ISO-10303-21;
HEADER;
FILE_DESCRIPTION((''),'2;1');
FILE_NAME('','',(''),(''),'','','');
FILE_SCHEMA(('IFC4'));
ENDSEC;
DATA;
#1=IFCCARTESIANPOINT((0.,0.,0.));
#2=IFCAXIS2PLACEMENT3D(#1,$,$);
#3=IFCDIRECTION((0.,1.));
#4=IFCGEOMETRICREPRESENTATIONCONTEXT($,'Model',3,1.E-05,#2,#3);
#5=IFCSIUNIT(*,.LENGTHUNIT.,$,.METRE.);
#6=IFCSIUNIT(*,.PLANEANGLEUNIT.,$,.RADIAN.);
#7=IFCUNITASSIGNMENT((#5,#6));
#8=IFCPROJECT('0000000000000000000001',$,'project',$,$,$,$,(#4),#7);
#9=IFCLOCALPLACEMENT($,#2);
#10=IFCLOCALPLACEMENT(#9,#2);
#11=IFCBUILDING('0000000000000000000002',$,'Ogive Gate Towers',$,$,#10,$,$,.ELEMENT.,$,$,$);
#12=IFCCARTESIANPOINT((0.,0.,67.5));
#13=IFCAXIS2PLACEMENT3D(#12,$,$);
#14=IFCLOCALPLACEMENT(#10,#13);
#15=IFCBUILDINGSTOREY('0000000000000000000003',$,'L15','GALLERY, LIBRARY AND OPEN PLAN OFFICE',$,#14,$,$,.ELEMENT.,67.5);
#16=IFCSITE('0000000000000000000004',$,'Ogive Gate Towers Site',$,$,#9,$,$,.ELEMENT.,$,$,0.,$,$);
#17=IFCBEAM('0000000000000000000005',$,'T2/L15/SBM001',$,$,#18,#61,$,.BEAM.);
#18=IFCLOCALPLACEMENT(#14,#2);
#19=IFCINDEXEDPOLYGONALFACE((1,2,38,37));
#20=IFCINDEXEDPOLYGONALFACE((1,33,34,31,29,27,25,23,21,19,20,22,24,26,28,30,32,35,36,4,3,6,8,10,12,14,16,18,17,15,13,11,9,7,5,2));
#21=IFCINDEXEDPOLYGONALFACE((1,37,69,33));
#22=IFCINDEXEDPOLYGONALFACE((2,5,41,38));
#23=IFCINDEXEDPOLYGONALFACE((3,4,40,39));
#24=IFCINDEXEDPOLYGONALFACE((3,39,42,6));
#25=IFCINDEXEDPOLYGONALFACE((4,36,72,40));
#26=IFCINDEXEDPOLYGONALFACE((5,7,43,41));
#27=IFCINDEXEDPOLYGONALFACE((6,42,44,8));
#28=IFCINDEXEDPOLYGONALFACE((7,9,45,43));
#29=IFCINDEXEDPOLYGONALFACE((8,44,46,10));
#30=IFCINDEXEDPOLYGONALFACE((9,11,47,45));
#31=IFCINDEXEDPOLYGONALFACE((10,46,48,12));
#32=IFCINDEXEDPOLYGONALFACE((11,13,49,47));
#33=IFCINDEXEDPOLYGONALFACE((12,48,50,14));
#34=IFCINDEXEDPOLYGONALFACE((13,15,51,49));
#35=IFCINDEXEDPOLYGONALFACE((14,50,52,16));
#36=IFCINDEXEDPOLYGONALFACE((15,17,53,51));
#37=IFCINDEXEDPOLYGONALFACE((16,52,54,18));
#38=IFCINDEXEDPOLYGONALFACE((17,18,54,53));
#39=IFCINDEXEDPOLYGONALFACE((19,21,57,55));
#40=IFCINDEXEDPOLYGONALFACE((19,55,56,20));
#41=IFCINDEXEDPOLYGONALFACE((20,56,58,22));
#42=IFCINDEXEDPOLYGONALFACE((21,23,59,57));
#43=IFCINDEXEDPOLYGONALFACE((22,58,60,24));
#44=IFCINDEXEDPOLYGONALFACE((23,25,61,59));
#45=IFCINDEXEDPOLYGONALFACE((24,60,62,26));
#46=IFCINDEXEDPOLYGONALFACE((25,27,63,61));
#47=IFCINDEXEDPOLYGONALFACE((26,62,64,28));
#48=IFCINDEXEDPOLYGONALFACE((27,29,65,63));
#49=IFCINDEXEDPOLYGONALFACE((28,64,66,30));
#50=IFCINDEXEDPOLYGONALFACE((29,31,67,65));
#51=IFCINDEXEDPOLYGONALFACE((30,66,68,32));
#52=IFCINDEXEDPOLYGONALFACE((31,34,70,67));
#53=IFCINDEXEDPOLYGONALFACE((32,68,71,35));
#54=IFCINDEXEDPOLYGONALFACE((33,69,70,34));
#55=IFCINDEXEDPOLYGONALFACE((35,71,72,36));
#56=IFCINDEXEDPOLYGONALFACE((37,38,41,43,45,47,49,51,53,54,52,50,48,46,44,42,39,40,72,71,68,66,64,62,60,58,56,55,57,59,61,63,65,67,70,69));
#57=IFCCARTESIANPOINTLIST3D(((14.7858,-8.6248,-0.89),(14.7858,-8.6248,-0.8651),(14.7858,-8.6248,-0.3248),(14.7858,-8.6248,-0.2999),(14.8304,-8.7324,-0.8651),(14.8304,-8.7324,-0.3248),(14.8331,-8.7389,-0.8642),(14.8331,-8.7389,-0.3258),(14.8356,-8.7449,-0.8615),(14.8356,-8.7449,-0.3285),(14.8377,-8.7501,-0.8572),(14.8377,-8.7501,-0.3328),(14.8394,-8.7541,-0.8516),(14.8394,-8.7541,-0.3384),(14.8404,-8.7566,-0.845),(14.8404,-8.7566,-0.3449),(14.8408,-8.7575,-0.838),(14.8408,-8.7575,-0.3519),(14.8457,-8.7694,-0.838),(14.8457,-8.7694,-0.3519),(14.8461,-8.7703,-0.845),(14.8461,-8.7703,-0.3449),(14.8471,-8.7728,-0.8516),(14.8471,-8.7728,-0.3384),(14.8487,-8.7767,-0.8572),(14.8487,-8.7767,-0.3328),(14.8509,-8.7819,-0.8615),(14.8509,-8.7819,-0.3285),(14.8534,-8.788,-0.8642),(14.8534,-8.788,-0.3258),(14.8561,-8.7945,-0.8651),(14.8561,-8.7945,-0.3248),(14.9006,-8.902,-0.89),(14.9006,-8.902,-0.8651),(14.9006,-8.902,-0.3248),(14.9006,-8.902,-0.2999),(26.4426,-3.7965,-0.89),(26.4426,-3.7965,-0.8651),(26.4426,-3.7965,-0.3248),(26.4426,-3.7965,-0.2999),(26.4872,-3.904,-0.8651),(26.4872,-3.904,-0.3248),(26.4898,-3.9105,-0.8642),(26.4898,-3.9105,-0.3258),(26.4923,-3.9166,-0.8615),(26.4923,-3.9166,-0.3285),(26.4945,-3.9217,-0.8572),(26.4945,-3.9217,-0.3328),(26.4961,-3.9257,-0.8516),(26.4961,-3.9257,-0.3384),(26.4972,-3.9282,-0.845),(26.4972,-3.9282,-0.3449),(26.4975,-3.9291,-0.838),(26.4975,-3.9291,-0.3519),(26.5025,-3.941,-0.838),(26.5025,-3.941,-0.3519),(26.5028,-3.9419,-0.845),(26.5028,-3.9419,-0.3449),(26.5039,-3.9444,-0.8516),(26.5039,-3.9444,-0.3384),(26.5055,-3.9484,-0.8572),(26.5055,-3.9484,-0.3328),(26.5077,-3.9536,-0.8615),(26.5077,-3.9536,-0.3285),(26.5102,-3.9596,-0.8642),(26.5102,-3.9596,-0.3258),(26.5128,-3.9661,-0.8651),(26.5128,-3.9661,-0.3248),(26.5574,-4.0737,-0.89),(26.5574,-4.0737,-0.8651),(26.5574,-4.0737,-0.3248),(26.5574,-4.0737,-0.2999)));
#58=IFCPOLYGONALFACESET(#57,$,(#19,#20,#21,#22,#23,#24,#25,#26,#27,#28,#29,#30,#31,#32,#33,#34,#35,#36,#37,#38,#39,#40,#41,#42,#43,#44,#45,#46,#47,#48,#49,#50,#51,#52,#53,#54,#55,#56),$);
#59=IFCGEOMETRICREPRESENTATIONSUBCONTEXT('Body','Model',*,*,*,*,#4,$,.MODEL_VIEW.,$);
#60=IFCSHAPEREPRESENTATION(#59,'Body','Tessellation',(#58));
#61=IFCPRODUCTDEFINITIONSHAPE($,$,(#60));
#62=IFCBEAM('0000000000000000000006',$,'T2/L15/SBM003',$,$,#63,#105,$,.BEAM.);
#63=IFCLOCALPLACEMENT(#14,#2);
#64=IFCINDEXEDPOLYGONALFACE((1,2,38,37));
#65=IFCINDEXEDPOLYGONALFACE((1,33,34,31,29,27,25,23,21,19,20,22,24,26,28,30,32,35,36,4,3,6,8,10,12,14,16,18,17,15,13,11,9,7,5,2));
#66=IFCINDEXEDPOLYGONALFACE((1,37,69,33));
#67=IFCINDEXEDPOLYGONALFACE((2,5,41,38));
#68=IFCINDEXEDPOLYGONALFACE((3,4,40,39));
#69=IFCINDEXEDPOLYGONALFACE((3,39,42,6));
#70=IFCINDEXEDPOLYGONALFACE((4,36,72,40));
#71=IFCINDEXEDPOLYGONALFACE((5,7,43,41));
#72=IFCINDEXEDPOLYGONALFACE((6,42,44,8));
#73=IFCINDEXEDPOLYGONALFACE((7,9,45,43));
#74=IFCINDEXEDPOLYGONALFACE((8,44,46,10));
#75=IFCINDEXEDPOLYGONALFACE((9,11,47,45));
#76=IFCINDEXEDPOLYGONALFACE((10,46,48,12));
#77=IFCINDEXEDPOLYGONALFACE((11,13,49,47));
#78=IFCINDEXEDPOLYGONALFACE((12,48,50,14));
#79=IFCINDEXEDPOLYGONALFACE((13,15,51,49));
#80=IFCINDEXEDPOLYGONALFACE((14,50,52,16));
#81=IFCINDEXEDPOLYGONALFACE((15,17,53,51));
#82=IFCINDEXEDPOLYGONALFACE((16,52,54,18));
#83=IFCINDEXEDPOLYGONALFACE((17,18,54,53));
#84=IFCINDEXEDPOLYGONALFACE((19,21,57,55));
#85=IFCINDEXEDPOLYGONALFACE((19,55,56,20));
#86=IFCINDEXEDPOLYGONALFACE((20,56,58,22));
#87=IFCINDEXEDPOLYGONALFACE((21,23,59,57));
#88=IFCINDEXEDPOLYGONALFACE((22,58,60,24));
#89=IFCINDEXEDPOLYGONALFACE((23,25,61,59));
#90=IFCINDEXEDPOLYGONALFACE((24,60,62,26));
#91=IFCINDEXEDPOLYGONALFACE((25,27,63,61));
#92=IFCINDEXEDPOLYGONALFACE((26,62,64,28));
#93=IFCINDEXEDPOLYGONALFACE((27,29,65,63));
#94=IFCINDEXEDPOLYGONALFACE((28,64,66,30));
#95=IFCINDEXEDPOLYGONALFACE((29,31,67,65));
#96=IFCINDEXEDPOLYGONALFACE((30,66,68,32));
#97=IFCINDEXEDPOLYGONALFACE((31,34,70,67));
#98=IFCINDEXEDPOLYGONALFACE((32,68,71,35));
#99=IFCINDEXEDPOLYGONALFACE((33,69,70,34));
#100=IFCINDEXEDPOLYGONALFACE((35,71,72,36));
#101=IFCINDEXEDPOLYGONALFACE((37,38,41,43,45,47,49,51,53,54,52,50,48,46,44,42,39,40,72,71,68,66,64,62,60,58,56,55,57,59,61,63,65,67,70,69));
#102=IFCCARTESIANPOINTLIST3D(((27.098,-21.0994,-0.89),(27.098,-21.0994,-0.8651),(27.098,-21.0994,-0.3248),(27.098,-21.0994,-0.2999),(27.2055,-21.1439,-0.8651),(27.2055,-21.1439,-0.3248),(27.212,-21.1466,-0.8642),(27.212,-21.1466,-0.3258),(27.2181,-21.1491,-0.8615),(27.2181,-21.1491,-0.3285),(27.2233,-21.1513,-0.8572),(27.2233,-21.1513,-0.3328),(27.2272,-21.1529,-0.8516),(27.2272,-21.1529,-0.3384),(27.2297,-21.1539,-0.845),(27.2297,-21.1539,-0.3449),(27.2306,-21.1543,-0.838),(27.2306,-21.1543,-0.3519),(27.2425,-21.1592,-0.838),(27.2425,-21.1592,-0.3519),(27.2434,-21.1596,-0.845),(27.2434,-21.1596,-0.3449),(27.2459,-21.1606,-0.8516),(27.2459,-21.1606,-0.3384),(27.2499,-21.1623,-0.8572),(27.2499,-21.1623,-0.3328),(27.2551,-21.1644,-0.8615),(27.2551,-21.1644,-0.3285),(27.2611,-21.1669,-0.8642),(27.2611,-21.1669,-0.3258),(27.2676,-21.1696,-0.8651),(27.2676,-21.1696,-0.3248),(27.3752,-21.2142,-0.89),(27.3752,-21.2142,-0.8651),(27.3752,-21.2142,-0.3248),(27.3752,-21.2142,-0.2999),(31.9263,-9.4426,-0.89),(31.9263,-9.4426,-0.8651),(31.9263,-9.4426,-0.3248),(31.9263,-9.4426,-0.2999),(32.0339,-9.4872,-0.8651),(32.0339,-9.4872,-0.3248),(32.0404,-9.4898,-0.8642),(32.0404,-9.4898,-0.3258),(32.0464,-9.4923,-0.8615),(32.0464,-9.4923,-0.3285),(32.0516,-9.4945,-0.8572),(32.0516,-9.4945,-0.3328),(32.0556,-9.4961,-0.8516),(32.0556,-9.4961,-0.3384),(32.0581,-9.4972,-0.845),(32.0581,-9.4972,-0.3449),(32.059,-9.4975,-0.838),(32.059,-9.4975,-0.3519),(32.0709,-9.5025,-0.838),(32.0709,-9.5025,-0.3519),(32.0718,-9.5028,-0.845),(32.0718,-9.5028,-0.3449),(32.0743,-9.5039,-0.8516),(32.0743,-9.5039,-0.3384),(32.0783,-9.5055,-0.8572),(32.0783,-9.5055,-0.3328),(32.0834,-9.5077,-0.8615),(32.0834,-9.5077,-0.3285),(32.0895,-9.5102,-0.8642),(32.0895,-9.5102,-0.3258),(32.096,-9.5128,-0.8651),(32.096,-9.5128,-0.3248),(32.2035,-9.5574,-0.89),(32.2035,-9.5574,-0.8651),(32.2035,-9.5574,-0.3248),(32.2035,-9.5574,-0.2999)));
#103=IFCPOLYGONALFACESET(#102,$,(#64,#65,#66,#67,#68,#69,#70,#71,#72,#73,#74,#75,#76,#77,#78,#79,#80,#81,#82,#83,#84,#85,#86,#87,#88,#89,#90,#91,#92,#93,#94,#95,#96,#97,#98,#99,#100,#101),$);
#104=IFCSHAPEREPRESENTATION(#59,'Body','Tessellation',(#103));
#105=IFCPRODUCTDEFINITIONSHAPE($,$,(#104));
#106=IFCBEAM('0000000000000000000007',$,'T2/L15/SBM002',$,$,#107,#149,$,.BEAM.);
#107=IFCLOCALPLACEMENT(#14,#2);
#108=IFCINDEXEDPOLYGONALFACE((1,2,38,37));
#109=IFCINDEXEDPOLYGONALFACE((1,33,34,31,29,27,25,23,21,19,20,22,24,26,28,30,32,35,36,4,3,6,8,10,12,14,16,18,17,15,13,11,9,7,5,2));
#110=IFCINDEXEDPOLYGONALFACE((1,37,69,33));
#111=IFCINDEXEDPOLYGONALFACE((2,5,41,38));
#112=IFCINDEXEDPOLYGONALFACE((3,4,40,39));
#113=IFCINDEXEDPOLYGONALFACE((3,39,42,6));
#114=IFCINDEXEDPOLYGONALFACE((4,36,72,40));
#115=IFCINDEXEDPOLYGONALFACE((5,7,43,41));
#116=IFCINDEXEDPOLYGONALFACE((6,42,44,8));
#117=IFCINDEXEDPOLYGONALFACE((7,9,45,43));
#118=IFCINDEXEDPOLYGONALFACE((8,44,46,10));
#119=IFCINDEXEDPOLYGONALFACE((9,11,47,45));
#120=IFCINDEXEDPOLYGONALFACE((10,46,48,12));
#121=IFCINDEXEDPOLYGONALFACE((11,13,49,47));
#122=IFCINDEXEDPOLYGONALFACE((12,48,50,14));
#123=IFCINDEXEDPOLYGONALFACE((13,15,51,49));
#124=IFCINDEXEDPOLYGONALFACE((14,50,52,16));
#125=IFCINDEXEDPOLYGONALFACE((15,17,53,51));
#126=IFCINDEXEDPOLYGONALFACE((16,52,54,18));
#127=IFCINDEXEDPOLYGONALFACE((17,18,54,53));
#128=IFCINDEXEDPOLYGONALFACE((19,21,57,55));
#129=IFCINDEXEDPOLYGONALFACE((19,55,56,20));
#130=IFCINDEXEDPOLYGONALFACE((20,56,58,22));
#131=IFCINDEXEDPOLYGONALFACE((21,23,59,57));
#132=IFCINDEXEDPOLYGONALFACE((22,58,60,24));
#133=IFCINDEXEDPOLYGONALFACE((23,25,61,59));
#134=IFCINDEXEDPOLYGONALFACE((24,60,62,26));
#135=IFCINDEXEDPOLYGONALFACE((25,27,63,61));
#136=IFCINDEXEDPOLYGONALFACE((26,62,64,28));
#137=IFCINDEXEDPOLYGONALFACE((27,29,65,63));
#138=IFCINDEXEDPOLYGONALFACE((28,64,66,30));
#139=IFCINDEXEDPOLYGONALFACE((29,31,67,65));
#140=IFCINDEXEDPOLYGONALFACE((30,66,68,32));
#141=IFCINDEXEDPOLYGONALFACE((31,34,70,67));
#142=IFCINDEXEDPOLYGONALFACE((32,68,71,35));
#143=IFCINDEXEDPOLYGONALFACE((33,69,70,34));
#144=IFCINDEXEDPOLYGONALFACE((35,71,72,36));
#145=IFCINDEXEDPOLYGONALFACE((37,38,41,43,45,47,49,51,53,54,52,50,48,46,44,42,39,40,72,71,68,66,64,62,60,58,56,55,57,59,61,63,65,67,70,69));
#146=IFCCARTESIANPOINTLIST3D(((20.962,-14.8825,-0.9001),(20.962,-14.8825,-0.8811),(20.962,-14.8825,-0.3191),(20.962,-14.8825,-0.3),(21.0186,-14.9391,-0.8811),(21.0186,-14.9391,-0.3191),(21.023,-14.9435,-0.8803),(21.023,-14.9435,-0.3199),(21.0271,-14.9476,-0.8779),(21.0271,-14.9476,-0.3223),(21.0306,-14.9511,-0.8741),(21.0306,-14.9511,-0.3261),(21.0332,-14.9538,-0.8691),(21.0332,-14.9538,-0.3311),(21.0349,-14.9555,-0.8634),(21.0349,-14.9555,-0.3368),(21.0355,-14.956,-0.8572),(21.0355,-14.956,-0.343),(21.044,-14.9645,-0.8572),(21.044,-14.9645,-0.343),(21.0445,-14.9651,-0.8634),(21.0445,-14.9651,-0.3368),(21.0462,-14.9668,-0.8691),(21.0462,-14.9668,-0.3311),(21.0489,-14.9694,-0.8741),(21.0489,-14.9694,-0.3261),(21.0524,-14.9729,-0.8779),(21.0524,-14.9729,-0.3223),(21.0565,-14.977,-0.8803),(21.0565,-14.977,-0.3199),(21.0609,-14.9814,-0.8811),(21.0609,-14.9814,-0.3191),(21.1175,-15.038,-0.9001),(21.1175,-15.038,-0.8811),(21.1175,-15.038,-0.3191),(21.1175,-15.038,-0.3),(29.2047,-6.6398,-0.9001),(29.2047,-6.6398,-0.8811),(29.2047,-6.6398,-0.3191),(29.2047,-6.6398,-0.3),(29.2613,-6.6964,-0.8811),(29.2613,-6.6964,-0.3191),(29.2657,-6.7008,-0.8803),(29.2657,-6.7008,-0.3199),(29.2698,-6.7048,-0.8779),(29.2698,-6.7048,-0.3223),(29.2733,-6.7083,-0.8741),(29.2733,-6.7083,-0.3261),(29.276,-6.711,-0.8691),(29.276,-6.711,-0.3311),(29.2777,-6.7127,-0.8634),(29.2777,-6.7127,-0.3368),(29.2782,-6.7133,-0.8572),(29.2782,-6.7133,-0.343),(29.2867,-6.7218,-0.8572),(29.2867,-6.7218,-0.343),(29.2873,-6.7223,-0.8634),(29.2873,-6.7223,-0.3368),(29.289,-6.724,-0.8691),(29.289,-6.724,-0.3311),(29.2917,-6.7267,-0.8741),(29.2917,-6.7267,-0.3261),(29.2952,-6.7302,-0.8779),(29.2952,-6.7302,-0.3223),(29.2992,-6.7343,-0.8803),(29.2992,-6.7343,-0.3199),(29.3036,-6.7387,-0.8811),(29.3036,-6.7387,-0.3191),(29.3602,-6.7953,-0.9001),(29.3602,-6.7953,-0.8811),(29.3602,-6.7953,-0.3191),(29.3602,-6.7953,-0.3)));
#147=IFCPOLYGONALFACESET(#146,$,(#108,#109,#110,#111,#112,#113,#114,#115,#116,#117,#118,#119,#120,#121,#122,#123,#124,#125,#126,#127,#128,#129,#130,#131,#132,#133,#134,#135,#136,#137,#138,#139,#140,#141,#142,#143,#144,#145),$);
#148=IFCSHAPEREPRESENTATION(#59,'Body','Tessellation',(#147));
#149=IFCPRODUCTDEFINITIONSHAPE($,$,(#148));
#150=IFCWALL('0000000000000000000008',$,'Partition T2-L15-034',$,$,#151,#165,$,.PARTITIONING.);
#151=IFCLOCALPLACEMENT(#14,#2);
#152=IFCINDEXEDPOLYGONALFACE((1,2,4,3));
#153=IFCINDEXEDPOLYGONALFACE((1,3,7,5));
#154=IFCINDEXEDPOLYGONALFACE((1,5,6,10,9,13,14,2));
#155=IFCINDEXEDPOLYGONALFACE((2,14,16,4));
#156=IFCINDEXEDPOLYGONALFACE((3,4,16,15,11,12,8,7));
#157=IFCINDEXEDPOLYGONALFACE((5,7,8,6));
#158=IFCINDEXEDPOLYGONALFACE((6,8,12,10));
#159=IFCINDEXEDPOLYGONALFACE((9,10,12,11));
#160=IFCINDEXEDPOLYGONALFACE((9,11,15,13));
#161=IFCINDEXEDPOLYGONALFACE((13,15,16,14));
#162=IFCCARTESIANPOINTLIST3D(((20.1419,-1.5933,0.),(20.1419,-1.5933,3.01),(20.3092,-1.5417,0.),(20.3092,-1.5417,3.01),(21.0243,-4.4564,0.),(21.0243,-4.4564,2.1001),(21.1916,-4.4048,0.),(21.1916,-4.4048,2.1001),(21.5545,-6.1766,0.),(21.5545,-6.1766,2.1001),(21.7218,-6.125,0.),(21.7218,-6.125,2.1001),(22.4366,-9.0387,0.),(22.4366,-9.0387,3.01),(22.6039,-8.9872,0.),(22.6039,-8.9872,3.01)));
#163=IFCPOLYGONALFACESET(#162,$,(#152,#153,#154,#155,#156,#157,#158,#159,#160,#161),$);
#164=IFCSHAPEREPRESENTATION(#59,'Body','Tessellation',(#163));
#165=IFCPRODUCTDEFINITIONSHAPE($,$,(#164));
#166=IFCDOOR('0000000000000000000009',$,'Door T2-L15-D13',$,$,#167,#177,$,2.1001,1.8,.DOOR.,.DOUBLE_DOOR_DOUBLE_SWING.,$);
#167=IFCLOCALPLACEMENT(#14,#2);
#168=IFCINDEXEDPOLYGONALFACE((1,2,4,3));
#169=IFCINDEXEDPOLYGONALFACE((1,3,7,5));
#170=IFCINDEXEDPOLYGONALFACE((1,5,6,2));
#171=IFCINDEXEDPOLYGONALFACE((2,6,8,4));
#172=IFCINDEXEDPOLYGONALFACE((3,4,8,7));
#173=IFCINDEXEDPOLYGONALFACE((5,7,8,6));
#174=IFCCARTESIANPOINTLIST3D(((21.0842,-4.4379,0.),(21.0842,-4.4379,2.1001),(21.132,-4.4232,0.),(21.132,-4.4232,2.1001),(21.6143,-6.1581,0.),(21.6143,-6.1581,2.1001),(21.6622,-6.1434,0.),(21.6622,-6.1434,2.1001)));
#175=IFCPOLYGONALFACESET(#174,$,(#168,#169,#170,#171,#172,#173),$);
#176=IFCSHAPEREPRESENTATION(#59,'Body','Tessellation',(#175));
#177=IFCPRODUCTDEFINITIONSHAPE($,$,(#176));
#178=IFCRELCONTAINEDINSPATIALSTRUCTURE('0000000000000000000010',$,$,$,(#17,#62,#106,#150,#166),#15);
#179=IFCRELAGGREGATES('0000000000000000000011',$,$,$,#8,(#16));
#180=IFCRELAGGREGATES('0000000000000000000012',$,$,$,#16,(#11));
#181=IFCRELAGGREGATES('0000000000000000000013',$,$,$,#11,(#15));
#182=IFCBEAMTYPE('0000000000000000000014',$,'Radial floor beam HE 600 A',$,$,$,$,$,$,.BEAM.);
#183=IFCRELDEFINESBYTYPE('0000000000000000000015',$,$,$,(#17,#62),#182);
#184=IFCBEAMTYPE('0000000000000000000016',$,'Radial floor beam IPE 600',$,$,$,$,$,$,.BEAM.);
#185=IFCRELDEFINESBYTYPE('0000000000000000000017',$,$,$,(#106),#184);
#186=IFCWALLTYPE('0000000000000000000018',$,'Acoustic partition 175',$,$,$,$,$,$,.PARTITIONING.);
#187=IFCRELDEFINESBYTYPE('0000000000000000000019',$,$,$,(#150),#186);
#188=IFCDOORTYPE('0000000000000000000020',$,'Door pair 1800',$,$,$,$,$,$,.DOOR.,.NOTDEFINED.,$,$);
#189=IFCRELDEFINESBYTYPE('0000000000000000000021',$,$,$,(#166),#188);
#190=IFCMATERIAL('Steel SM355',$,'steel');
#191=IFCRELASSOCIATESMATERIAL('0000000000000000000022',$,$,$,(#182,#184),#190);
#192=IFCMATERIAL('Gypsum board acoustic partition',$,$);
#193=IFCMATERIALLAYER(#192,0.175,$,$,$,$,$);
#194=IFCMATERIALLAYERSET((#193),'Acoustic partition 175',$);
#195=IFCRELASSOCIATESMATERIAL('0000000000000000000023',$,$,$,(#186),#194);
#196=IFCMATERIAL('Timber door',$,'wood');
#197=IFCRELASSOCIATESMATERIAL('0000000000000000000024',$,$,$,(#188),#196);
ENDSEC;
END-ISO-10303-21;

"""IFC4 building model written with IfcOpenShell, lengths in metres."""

from ifc_helpers import new_model, si_unit, direction, frame, frame_2d, origin, origin_2d, place, context, subcontext, project, spatial, rectangle, i_section, extrude, material, layer, layer_set, material_profile, profile_set, type_object, element, fill, save


model = new_model("IFC4")

# Units and contexts
model_context = context("Model", 3, precision=1e-05, world=origin(), true_north=direction((0.0, 1.0)))
body_context = subcontext(model_context, "Body", "Model", "MODEL_VIEW")
ifc_project = project(units=[si_unit("LENGTHUNIT", "METRE"), si_unit("PLANEANGLEUNIT", "RADIAN")], contexts=[model_context])

# Site, building, storey
site_placement = place(None, origin())
site = spatial("IfcSite", under=ifc_project, at=site_placement, Name="Ogive Gate Towers Site", CompositionType="ELEMENT", RefElevation=0.0)
building_placement = place(site_placement, origin())
building = spatial("IfcBuilding", under=site, at=building_placement, Name="Ogive Gate Towers", CompositionType="ELEMENT")
storey_placement = place(building_placement, frame((0.0, 0.0, 67.5)))
storey = spatial("IfcBuildingStorey", under=building, at=storey_placement, Name="L15", Description="GALLERY, LIBRARY AND OPEN PLAN OFFICE", CompositionType="ELEMENT", Elevation=67.5)

# Beams
ifc_material_1 = material(Name="Steel SM355", Category="steel")
ifc_material_profile_1 = material_profile(ifc_material_1, i_section(OverallWidth=0.3, OverallDepth=0.5901, WebThickness=0.0129, FlangeThickness=0.0249, FilletRadius=0.0271, at=origin_2d()), Name="HE 600 A")
ifc_profile_set_1 = profile_set([ifc_material_profile_1], Name="Steel SM355")
beam_type_1 = type_object("IfcBeamType", Name="Radial floor beam HE 600 A", PredefinedType="BEAM", material=ifc_profile_set_1)
for number, where, z_axis, x_axis, name in (
    (1, (26.5, -3.9351, -0.595), (-0.92388, -0.382683, 0.0), (0.382683, -0.92388, 0.0), "T2/L15/SBM001"),
    (2, (32.0649, -9.5, -0.595), (-0.382683, -0.92388, 0.0), (0.92388, -0.382683, 0.0), "T2/L15/SBM003"),
):
    element("IfcBeam", number, at=place(storey_placement, frame(where, z_axis=z_axis, x_axis=x_axis)), inside=storey, type_object=beam_type_1, Name=name, PredefinedType="BEAM", context=body_context, shape_type="SweptSolid", body=[
        extrude(i_section(OverallWidth=0.3, OverallDepth=0.5901, WebThickness=0.0129, FlangeThickness=0.0249, FilletRadius=0.0271, at=origin_2d()), origin(), (0.0, 0.0, 1.0), 12.6172),
    ])
ifc_material_profile_2 = material_profile(ifc_material_1, i_section(OverallWidth=0.22, OverallDepth=0.6001, WebThickness=0.012, FlangeThickness=0.019, FilletRadius=0.0239, at=origin_2d()), Name="IPE 600")
ifc_profile_set_2 = profile_set([ifc_material_profile_2], Name="Steel SM355")
beam_type_2 = type_object("IfcBeamType", Name="Radial floor beam IPE 600", PredefinedType="BEAM", material=ifc_profile_set_2)
beam_placement = place(storey_placement, frame((29.2825, -6.7175, -0.6001), z_axis=(-0.707107, -0.707107, 0.0), x_axis=(0.707107, -0.707107, 0.0)))
element("IfcBeam", 3, at=beam_placement, inside=storey, type_object=beam_type_2, Name="T2/L15/SBM002", PredefinedType="BEAM", context=body_context, shape_type="SweptSolid", body=[
    extrude(i_section(OverallWidth=0.22, OverallDepth=0.6001, WebThickness=0.012, FlangeThickness=0.019, FilletRadius=0.0239, at=origin_2d()), origin(), (0.0, 0.0, 1.0), 11.657),
])

# Wall, opening, door
ifc_material_2 = material(Name="Gypsum board acoustic partition")
ifc_layer_1 = layer(ifc_material_2, 0.175)
ifc_layer_set_1 = layer_set([ifc_layer_1], Name="Acoustic partition 175")
wall_type_1 = type_object("IfcWallType", Name="Acoustic partition 175", PredefinedType="PARTITIONING", material=ifc_layer_set_1)
wall_1_placement = place(storey_placement, frame((22.5203, -9.0129, 0.0), z_axis=(0.0, 0.0, 1.0), x_axis=(-0.294533, 0.955641, 0.0)))
wall_1 = element("IfcWall", 4, at=wall_1_placement, inside=storey, type_object=wall_type_1, Name="Partition T2-L15-034", PredefinedType="PARTITIONING", context=body_context, shape_type="SweptSolid", body=[
    extrude(rectangle(XDim=7.791, YDim=0.175, at=frame_2d((3.8955, 0.0))), origin(), (0.0, 0.0, 1.0), 3.01),
])
opening_1_placement = place(wall_1_placement, frame((2.9951, 0.0, 0.0)))
opening_1 = element("IfcOpeningElement", 5, at=opening_1_placement, cuts=wall_1, PredefinedType="OPENING", context=body_context, shape_type="SweptSolid", body=[
    extrude(rectangle(XDim=1.8, YDim=2.1001, at=frame_2d((0.8999, 1.05))), frame((0.0, 0.0977, 0.0), z_axis=(0.0, -1.0, 0.0), x_axis=(1.0, 0.0, 0.0)), (0.0, 0.0, 1.0), 0.1951),
])
ifc_material_3 = material(Name="Timber door", Category="wood")
door_type_1 = type_object("IfcDoorType", Name="Door pair 1800", OperationType="NOTDEFINED", PredefinedType="DOOR", material=ifc_material_3)
door_1_placement = place(opening_1_placement, origin())
door_1 = element("IfcDoor", 6, at=door_1_placement, inside=storey, type_object=door_type_1, Name="Door T2-L15-D13", OperationType="DOUBLE_DOOR_DOUBLE_SWING", OverallHeight=2.1001, OverallWidth=1.8, PredefinedType="DOOR", context=body_context, shape_type="SweptSolid", body=[
    extrude(rectangle(XDim=1.8, YDim=2.1001, at=frame_2d((0.8999, 1.05))), frame((0.0, 0.0249, 0.0), z_axis=(0.0, -1.0, 0.0), x_axis=(1.0, 0.0, 0.0)), (0.0, 0.0, 1.0), 0.05),
])
fill(opening_1, door_1)

save(model, "model.ifc")
